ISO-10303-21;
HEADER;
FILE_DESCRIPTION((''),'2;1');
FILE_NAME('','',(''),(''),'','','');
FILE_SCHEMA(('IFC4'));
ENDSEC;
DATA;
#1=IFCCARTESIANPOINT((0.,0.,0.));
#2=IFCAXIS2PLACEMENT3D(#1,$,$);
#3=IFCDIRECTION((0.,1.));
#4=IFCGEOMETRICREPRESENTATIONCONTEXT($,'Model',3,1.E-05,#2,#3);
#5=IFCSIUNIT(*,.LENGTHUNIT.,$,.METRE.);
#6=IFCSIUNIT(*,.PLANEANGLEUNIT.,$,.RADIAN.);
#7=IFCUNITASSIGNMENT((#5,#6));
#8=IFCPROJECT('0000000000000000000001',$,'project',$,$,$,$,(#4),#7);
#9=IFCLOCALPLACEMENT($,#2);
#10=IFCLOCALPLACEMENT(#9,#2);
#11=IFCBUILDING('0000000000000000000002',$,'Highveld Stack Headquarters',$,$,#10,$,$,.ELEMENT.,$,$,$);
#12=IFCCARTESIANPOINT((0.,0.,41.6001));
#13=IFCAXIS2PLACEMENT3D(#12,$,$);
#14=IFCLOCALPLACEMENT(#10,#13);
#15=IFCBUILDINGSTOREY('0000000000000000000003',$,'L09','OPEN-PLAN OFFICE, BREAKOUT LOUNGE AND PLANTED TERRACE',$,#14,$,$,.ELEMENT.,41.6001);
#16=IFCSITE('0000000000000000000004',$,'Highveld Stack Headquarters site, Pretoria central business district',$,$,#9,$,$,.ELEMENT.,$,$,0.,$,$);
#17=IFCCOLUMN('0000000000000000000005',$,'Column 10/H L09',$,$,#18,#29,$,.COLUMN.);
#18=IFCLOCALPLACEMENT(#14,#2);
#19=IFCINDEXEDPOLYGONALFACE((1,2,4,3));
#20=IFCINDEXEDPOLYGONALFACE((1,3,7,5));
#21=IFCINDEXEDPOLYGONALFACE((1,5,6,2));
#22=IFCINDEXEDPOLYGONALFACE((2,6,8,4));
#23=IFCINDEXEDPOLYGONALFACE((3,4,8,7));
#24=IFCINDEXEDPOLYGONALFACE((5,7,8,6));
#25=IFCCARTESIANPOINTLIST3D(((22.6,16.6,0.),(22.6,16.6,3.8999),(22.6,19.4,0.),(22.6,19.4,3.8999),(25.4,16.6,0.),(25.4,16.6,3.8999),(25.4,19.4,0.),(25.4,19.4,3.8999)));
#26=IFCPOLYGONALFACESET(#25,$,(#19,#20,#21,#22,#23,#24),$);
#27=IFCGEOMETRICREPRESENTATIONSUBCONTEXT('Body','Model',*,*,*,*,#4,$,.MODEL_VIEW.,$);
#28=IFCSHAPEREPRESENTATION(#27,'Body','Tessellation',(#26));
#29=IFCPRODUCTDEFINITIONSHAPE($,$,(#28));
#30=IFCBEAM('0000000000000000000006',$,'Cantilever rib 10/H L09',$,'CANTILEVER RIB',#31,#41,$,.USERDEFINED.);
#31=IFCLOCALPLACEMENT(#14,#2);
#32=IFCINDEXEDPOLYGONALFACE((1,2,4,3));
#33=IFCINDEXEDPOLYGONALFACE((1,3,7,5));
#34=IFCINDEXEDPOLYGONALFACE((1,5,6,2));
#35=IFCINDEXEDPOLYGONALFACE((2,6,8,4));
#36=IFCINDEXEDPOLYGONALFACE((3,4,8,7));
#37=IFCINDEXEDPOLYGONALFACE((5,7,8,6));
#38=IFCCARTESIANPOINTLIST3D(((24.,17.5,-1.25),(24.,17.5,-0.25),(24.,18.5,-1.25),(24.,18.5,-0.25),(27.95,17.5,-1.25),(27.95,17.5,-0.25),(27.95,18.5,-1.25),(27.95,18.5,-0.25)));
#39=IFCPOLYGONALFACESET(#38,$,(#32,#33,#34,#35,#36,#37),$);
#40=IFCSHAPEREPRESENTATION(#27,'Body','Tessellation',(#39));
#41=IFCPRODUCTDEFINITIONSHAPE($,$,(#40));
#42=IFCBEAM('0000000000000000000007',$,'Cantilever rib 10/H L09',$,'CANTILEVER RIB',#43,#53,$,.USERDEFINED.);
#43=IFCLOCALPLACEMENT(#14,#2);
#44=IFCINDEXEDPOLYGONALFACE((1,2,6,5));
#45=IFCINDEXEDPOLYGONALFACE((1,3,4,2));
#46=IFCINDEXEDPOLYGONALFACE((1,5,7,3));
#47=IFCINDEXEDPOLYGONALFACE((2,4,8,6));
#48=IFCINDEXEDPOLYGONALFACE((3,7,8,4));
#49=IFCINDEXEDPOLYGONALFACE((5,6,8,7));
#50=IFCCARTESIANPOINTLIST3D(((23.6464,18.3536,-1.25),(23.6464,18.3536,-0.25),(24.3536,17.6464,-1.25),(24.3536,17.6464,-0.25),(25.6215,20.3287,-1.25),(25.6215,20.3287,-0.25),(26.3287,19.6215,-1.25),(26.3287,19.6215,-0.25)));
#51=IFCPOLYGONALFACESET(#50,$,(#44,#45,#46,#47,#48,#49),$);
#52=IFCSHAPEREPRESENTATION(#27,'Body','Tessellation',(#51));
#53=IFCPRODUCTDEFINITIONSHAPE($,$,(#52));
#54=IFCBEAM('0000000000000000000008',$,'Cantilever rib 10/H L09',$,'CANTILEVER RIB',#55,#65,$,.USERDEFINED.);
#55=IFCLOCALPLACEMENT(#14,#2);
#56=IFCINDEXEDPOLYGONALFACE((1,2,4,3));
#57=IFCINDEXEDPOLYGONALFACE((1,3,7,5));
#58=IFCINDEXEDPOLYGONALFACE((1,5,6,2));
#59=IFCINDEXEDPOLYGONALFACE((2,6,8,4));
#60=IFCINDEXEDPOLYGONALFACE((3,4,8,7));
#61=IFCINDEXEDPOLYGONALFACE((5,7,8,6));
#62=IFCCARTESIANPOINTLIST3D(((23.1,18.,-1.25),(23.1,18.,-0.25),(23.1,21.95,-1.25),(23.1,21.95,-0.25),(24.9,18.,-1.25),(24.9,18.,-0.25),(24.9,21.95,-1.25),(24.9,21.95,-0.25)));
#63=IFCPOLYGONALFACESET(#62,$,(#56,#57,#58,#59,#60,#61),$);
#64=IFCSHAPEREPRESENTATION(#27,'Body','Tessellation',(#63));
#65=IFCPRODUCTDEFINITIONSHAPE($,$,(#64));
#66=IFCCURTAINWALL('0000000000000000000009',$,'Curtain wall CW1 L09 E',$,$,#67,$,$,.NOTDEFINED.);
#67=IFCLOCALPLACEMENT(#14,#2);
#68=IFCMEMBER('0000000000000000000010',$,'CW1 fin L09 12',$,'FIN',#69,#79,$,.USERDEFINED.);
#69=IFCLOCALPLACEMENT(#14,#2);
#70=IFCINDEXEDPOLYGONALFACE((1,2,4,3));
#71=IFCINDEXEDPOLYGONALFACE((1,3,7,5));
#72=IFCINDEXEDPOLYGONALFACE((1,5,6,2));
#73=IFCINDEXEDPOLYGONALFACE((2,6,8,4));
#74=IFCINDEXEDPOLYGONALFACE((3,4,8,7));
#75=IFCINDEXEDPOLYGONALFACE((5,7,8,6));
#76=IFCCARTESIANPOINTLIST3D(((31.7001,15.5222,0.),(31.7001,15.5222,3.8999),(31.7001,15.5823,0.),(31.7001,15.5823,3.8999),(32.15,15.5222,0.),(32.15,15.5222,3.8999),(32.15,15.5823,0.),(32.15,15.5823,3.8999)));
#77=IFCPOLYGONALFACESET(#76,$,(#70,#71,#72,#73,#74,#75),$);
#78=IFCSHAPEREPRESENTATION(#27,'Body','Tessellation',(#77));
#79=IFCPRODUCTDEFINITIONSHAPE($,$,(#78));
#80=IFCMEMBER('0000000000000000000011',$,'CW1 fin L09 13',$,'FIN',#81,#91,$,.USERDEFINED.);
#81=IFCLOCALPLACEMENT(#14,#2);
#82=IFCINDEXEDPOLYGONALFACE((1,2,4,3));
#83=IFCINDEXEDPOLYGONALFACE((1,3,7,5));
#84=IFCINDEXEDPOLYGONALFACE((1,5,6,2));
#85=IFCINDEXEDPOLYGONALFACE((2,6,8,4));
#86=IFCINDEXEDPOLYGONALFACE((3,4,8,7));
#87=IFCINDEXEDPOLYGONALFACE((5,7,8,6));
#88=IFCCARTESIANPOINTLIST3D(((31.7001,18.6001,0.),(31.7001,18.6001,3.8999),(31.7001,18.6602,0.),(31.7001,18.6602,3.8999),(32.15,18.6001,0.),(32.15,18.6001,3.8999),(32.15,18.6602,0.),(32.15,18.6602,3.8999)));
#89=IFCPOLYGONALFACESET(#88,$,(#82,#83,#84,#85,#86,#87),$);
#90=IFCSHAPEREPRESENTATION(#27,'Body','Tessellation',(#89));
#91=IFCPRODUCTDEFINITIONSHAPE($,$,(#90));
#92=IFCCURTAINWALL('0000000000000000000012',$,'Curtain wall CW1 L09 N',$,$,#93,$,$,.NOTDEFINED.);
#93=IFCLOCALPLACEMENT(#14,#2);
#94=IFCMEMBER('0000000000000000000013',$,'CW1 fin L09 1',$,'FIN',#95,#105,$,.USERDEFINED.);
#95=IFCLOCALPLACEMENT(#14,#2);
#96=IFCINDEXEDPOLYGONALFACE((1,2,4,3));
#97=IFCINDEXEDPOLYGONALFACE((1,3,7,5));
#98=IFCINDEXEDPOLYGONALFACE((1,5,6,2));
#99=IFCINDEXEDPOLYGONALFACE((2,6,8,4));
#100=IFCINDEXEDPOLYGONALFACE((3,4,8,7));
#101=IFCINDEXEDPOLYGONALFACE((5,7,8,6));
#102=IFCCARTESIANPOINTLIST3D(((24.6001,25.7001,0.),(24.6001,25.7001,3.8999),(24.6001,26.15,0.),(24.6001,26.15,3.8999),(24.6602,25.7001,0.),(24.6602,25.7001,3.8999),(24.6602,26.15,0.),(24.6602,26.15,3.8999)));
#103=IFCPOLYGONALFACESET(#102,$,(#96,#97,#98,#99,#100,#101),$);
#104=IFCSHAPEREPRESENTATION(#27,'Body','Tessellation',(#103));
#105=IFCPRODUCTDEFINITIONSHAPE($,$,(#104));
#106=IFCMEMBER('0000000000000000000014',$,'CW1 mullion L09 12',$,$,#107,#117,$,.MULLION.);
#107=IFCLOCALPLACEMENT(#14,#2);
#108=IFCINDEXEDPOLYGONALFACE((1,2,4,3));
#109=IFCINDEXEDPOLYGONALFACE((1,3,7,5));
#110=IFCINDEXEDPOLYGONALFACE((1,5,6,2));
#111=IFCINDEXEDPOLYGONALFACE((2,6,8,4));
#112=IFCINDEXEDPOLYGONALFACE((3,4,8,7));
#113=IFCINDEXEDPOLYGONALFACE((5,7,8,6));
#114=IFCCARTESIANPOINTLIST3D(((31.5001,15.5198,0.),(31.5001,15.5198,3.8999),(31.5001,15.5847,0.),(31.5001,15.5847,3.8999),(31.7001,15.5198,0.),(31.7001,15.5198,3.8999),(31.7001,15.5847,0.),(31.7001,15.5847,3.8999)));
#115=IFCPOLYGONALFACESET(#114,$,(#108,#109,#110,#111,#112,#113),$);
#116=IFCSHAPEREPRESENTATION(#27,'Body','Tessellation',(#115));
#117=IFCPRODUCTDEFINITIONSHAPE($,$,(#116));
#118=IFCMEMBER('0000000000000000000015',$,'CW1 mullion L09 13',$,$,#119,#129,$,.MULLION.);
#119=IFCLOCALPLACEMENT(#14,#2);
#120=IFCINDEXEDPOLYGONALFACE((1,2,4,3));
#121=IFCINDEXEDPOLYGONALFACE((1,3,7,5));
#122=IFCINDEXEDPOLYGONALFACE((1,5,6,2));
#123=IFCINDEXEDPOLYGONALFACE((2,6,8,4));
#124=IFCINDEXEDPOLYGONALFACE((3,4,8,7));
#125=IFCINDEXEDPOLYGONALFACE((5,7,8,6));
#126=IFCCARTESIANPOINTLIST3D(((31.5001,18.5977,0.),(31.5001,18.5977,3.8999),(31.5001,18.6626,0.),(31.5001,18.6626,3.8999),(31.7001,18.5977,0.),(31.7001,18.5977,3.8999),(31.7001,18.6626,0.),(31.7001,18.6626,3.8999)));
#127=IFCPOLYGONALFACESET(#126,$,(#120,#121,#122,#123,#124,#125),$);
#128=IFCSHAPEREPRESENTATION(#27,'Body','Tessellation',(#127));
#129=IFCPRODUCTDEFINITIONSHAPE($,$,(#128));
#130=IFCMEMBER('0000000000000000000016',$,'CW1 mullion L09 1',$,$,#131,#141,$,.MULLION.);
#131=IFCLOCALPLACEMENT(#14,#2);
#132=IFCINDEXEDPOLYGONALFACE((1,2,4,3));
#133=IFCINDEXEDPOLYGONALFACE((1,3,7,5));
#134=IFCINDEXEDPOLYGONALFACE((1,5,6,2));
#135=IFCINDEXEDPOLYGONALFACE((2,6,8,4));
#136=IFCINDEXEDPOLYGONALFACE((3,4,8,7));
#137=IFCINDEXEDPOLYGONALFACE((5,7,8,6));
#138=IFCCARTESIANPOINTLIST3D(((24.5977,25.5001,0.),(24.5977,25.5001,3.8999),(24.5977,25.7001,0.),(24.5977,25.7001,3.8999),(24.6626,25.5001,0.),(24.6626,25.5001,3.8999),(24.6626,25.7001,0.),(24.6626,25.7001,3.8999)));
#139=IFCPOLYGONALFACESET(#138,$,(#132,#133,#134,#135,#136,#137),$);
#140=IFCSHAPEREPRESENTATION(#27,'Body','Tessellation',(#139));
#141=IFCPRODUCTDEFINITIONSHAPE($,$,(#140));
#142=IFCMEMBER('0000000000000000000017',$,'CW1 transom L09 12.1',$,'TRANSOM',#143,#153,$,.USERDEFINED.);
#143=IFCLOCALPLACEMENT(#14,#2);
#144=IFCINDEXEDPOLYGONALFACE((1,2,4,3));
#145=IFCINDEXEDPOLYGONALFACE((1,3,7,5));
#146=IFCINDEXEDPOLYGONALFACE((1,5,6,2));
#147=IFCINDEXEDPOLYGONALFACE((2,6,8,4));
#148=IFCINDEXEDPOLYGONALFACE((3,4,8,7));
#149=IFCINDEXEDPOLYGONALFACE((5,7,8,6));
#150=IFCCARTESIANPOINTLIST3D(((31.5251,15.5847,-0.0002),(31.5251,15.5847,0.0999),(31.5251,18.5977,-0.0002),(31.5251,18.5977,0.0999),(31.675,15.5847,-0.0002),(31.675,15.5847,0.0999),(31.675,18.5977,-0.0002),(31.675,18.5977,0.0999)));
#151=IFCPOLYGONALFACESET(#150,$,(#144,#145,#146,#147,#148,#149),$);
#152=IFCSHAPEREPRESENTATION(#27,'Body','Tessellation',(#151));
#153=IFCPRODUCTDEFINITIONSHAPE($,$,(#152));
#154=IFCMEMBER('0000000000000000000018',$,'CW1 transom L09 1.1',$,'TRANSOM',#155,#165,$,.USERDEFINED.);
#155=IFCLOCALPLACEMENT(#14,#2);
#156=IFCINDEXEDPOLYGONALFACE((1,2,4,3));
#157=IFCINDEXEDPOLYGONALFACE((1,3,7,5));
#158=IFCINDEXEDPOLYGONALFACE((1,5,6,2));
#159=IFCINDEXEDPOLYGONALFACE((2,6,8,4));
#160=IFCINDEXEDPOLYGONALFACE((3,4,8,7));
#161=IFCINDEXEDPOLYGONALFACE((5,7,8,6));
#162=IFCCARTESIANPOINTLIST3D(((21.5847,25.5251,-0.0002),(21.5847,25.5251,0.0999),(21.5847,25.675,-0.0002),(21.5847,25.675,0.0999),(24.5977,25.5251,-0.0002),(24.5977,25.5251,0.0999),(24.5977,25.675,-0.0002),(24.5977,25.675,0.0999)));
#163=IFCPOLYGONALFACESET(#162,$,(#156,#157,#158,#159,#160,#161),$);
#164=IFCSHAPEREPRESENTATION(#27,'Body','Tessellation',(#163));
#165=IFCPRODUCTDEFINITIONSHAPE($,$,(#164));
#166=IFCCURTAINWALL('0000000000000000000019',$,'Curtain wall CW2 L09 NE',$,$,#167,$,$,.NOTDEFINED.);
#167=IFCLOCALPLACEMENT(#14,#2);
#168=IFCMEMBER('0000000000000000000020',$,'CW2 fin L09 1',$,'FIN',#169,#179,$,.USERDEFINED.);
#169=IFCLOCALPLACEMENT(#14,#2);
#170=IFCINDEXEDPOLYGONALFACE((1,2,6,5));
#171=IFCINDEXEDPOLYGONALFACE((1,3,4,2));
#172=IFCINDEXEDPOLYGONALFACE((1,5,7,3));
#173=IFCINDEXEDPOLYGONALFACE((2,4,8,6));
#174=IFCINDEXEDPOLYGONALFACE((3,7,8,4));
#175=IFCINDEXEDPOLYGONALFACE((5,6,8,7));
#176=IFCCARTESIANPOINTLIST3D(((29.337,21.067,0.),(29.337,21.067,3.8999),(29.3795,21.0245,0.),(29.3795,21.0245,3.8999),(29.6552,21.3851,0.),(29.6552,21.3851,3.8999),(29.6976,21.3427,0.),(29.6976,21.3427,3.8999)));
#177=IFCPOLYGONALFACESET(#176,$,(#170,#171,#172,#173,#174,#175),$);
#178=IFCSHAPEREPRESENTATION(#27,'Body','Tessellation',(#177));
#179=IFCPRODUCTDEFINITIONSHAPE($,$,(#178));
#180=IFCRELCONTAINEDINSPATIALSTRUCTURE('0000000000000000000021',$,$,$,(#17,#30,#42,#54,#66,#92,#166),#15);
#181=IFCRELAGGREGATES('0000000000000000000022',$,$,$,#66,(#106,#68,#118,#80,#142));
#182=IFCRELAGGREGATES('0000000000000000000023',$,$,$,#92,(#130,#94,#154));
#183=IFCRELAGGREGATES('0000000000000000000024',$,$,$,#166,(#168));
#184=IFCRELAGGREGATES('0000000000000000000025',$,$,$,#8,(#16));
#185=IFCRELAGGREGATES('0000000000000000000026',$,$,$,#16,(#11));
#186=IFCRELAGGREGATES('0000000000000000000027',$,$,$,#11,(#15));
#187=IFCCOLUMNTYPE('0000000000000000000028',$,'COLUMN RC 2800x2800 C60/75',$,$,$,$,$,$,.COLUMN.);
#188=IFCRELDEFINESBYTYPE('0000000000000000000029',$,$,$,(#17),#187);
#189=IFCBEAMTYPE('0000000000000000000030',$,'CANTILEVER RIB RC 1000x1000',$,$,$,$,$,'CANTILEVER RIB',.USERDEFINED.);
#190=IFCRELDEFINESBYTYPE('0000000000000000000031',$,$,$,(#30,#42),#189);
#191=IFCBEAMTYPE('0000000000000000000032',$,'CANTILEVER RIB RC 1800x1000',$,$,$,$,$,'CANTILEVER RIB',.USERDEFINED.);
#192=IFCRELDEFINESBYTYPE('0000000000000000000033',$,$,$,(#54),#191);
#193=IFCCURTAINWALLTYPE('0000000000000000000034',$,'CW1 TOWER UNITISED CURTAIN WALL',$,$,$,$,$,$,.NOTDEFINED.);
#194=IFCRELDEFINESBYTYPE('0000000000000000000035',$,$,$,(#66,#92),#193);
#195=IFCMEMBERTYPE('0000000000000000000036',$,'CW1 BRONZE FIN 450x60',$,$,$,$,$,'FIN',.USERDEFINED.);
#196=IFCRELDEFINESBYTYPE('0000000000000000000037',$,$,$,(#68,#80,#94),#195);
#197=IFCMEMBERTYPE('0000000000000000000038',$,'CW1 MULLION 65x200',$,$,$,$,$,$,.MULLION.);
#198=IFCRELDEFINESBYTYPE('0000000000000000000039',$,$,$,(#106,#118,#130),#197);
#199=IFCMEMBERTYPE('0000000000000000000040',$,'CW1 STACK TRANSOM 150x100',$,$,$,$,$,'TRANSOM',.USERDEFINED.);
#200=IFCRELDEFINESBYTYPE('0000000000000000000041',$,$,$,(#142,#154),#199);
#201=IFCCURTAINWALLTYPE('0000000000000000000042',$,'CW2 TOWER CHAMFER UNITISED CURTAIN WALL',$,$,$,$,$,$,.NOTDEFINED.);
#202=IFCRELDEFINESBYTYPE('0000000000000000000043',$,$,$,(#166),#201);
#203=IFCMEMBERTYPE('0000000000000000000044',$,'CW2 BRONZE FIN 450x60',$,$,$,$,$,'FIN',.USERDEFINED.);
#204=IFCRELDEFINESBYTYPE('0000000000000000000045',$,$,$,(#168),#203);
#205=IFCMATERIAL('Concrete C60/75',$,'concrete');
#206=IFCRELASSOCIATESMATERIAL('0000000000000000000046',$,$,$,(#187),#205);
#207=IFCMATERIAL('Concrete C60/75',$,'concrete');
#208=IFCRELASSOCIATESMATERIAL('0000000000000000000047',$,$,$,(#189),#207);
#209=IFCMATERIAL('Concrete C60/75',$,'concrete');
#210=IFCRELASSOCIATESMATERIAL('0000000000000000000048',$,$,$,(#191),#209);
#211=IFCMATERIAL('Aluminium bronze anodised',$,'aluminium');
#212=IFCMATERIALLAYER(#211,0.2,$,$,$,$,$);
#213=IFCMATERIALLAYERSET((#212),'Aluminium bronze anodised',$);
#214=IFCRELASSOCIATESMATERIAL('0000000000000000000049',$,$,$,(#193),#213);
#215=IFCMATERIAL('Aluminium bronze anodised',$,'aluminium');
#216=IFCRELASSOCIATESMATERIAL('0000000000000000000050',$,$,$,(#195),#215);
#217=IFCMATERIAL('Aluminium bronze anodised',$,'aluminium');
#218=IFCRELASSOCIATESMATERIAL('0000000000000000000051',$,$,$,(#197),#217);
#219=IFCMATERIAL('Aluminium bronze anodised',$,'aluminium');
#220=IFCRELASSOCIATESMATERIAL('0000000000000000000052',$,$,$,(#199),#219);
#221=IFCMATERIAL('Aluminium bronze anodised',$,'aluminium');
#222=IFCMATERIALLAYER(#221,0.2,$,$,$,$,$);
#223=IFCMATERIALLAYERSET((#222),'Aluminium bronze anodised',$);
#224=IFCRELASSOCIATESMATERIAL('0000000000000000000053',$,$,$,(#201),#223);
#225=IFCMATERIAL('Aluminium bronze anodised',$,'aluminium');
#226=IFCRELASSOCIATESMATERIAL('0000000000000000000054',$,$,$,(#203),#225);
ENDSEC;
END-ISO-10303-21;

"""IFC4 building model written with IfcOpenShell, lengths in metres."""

from ifc_helpers import new_model, si_unit, direction, frame, origin, origin_2d, place, context, subcontext, project, spatial, rectangle, extrude, material, layer, layer_set, material_profile, profile_set, type_object, element, aggregate, save


model = new_model("IFC4")

# Units and contexts
model_context = context("Model", 3, precision=1e-05, world=origin(), true_north=direction((0.0, 1.0)))
body_context = subcontext(model_context, "Body", "Model", "MODEL_VIEW")
ifc_project = project(units=[si_unit("LENGTHUNIT", "METRE"), si_unit("PLANEANGLEUNIT", "RADIAN")], contexts=[model_context])

# Site, building, storey
site_placement = place(None, origin())
site = spatial("IfcSite", under=ifc_project, at=site_placement, Name="Highveld Stack Headquarters site, Pretoria central business district", CompositionType="ELEMENT", RefElevation=0.0)
building_placement = place(site_placement, origin())
building = spatial("IfcBuilding", under=site, at=building_placement, Name="Highveld Stack Headquarters", CompositionType="ELEMENT")
storey_placement = place(building_placement, frame((0.0, 0.0, 41.6001)))
storey = spatial("IfcBuildingStorey", under=building, at=storey_placement, Name="L09", Description="OPEN-PLAN OFFICE, BREAKOUT LOUNGE AND PLANTED TERRACE", CompositionType="ELEMENT", Elevation=41.6001)

# Column
ifc_material_1 = material(Name="Concrete C60/75", Category="concrete")
ifc_material_profile_1 = material_profile(ifc_material_1, rectangle(XDim=2.8, YDim=2.8, at=origin_2d()), Name="RC 2800x2800")
ifc_profile_set_1 = profile_set([ifc_material_profile_1], Name="Concrete C60/75")
column_type = type_object("IfcColumnType", Name="COLUMN RC 2800x2800 C60/75", PredefinedType="COLUMN", material=ifc_profile_set_1)
column_placement = place(storey_placement, frame((24.0, 18.0, 0.0), z_axis=(0.0, 0.0, 1.0), x_axis=(1.0, 0.0, 0.0)))
element("IfcColumn", 1, at=column_placement, inside=storey, type_object=column_type, Name="Column 10/H L09", PredefinedType="COLUMN", context=body_context, shape_type="SweptSolid", body=[
    extrude(rectangle(XDim=2.8, YDim=2.8, at=origin_2d()), origin(), (0.0, 0.0, 1.0), 3.8999),
])

# Beams
ifc_material_2 = material(Name="Concrete C60/75", Category="concrete")
ifc_material_profile_2 = material_profile(ifc_material_2, rectangle(XDim=1.0, YDim=1.0, at=origin_2d()), Name="RC 1000x1000")
ifc_profile_set_2 = profile_set([ifc_material_profile_2], Name="Concrete C60/75")
beam_type_1 = type_object("IfcBeamType", Name="CANTILEVER RIB RC 1000x1000", ElementType="CANTILEVER RIB", PredefinedType="USERDEFINED", material=ifc_profile_set_2)
beam_1_placement = place(storey_placement, frame((24.0, 18.0, -0.75), z_axis=(1.0, 0.0, 0.0), x_axis=(0.0, 1.0, 0.0)))
element("IfcBeam", 2, at=beam_1_placement, inside=storey, type_object=beam_type_1, Name="Cantilever rib 10/H L09", ObjectType="CANTILEVER RIB", PredefinedType="USERDEFINED", context=body_context, shape_type="SweptSolid", body=[
    extrude(rectangle(XDim=1.0, YDim=1.0, at=origin_2d()), origin(), (0.0, 0.0, 1.0), 3.95),
])
beam_2_placement = place(storey_placement, frame((24.0, 18.0, -0.75), z_axis=(0.707107, 0.707107, 0.0), x_axis=(-0.707107, 0.707107, 0.0)))
element("IfcBeam", 3, at=beam_2_placement, inside=storey, type_object=beam_type_1, Name="Cantilever rib 10/H L09", ObjectType="CANTILEVER RIB", PredefinedType="USERDEFINED", context=body_context, shape_type="SweptSolid", body=[
    extrude(rectangle(XDim=1.0, YDim=1.0, at=origin_2d()), origin(), (0.0, 0.0, 1.0), 2.7932),
])
ifc_material_3 = material(Name="Concrete C60/75", Category="concrete")
ifc_material_profile_3 = material_profile(ifc_material_3, rectangle(XDim=1.8, YDim=1.0, at=origin_2d()), Name="RC 1800x1000")
ifc_profile_set_3 = profile_set([ifc_material_profile_3], Name="Concrete C60/75")
beam_type_2 = type_object("IfcBeamType", Name="CANTILEVER RIB RC 1800x1000", ElementType="CANTILEVER RIB", PredefinedType="USERDEFINED", material=ifc_profile_set_3)
beam_3_placement = place(storey_placement, frame((24.0, 18.0, -0.75), z_axis=(0.0, 1.0, 0.0), x_axis=(-1.0, 0.0, 0.0)))
element("IfcBeam", 4, at=beam_3_placement, inside=storey, type_object=beam_type_2, Name="Cantilever rib 10/H L09", ObjectType="CANTILEVER RIB", PredefinedType="USERDEFINED", context=body_context, shape_type="SweptSolid", body=[
    extrude(rectangle(XDim=1.8, YDim=1.0, at=origin_2d()), origin(), (0.0, 0.0, 1.0), 3.95),
])

# Curtain wall, members
ifc_material_4 = material(Name="Aluminium bronze anodised", Category="aluminium")
ifc_layer_1 = layer(ifc_material_4, 0.2)
ifc_layer_set_1 = layer_set([ifc_layer_1], Name="Aluminium bronze anodised")
curtain_wall_type_1 = type_object("IfcCurtainWallType", Name="CW1 TOWER UNITISED CURTAIN WALL", PredefinedType="NOTDEFINED", material=ifc_layer_set_1)
curtain_wall_1_placement = place(storey_placement, origin())
curtain_wall_1 = element("IfcCurtainWall", 5, at=curtain_wall_1_placement, inside=storey, type_object=curtain_wall_type_1, Name="Curtain wall CW1 L09 E", PredefinedType="NOTDEFINED")
ifc_material_5 = material(Name="Aluminium bronze anodised", Category="aluminium")
ifc_material_profile_4 = material_profile(ifc_material_5, rectangle(XDim=0.45, YDim=0.0601, at=origin_2d()), Name="FIN 450x60")
ifc_profile_set_4 = profile_set([ifc_material_profile_4], Name="Aluminium bronze anodised")
member_type_1 = type_object("IfcMemberType", Name="CW1 BRONZE FIN 450x60", ElementType="FIN", PredefinedType="USERDEFINED", material=ifc_profile_set_4)
member_1_placement = place(storey_placement, frame((31.925, 15.5522, 0.0), z_axis=(0.0, 0.0, 1.0), x_axis=(-1.0, 0.0, 0.0)))
member_1 = element("IfcMember", 6, at=member_1_placement, type_object=member_type_1, Name="CW1 fin L09 12", ObjectType="FIN", PredefinedType="USERDEFINED", context=body_context, shape_type="SweptSolid", body=[
    extrude(rectangle(XDim=0.45, YDim=0.0601, at=origin_2d()), origin(), (0.0, 0.0, 1.0), 3.8999),
])
member_2_placement = place(storey_placement, frame((31.925, 18.6301, 0.0), z_axis=(0.0, 0.0, 1.0), x_axis=(-1.0, 0.0, 0.0)))
member_2 = element("IfcMember", 7, at=member_2_placement, type_object=member_type_1, Name="CW1 fin L09 13", ObjectType="FIN", PredefinedType="USERDEFINED", context=body_context, shape_type="SweptSolid", body=[
    extrude(rectangle(XDim=0.45, YDim=0.0601, at=origin_2d()), origin(), (0.0, 0.0, 1.0), 3.8999),
])

# Curtain wall, member
curtain_wall_2_placement = place(storey_placement, origin())
curtain_wall_2 = element("IfcCurtainWall", 8, at=curtain_wall_2_placement, inside=storey, type_object=curtain_wall_type_1, Name="Curtain wall CW1 L09 N", PredefinedType="NOTDEFINED")
member_3_placement = place(storey_placement, frame((24.6301, 25.925, 0.0), z_axis=(0.0, 0.0, 1.0), x_axis=(0.0, -1.0, 0.0)))
member_3 = element("IfcMember", 9, at=member_3_placement, type_object=member_type_1, Name="CW1 fin L09 1", ObjectType="FIN", PredefinedType="USERDEFINED", context=body_context, shape_type="SweptSolid", body=[
    extrude(rectangle(XDim=0.45, YDim=0.0601, at=origin_2d()), origin(), (0.0, 0.0, 1.0), 3.8999),
])

# Members
ifc_material_6 = material(Name="Aluminium bronze anodised", Category="aluminium")
ifc_material_profile_5 = material_profile(ifc_material_6, rectangle(XDim=0.2, YDim=0.0649, at=origin_2d()), Name="CW1 MULLION 65x200")
ifc_profile_set_5 = profile_set([ifc_material_profile_5], Name="Aluminium bronze anodised")
member_type_2 = type_object("IfcMemberType", Name="CW1 MULLION 65x200", PredefinedType="MULLION", material=ifc_profile_set_5)
member_4_placement = place(storey_placement, frame((31.6001, 15.5522, 0.0), z_axis=(0.0, 0.0, 1.0), x_axis=(-1.0, 0.0, 0.0)))
member_4 = element("IfcMember", 10, at=member_4_placement, type_object=member_type_2, Name="CW1 mullion L09 12", PredefinedType="MULLION", context=body_context, shape_type="SweptSolid", body=[
    extrude(rectangle(XDim=0.2, YDim=0.0649, at=origin_2d()), origin(), (0.0, 0.0, 1.0), 3.8999),
])
member_5_placement = place(storey_placement, frame((31.6001, 18.6301, 0.0), z_axis=(0.0, 0.0, 1.0), x_axis=(-1.0, 0.0, 0.0)))
member_5 = element("IfcMember", 11, at=member_5_placement, type_object=member_type_2, Name="CW1 mullion L09 13", PredefinedType="MULLION", context=body_context, shape_type="SweptSolid", body=[
    extrude(rectangle(XDim=0.2, YDim=0.0649, at=origin_2d()), origin(), (0.0, 0.0, 1.0), 3.8999),
])
member_6_placement = place(storey_placement, frame((24.6301, 25.6001, 0.0), z_axis=(0.0, 0.0, 1.0), x_axis=(0.0, -1.0, 0.0)))
member_6 = element("IfcMember", 12, at=member_6_placement, type_object=member_type_2, Name="CW1 mullion L09 1", PredefinedType="MULLION", context=body_context, shape_type="SweptSolid", body=[
    extrude(rectangle(XDim=0.2, YDim=0.0649, at=origin_2d()), origin(), (0.0, 0.0, 1.0), 3.8999),
])
ifc_material_7 = material(Name="Aluminium bronze anodised", Category="aluminium")
ifc_material_profile_6 = material_profile(ifc_material_7, rectangle(XDim=0.1499, YDim=0.1001, at=origin_2d()), Name="CW1 TRANSOM 150x100")
ifc_profile_set_6 = profile_set([ifc_material_profile_6], Name="Aluminium bronze anodised")
member_type_3 = type_object("IfcMemberType", Name="CW1 STACK TRANSOM 150x100", ElementType="TRANSOM", PredefinedType="USERDEFINED", material=ifc_profile_set_6)
member_7_placement = place(storey_placement, frame((31.6001, 15.5847, 0.0498), z_axis=(0.0, 1.0, 0.0), x_axis=(-1.0, 0.0, 0.0)))
member_7 = element("IfcMember", 13, at=member_7_placement, type_object=member_type_3, Name="CW1 transom L09 12.1", ObjectType="TRANSOM", PredefinedType="USERDEFINED", context=body_context, shape_type="SweptSolid", body=[
    extrude(rectangle(XDim=0.1499, YDim=0.1001, at=origin_2d()), origin(), (0.0, 0.0, 1.0), 3.0129),
])
member_8_placement = place(storey_placement, frame((24.5977, 25.6001, 0.0498), z_axis=(-1.0, 0.0, 0.0), x_axis=(0.0, -1.0, 0.0)))
member_8 = element("IfcMember", 14, at=member_8_placement, type_object=member_type_3, Name="CW1 transom L09 1.1", ObjectType="TRANSOM", PredefinedType="USERDEFINED", context=body_context, shape_type="SweptSolid", body=[
    extrude(rectangle(XDim=0.1499, YDim=0.1001, at=origin_2d()), origin(), (0.0, 0.0, 1.0), 3.0129),
])

# Curtain wall, member
ifc_material_8 = material(Name="Aluminium bronze anodised", Category="aluminium")
ifc_layer_2 = layer(ifc_material_8, 0.2)
ifc_layer_set_2 = layer_set([ifc_layer_2], Name="Aluminium bronze anodised")
curtain_wall_type_2 = type_object("IfcCurtainWallType", Name="CW2 TOWER CHAMFER UNITISED CURTAIN WALL", PredefinedType="NOTDEFINED", material=ifc_layer_set_2)
curtain_wall_3_placement = place(storey_placement, origin())
curtain_wall_3 = element("IfcCurtainWall", 15, at=curtain_wall_3_placement, inside=storey, type_object=curtain_wall_type_2, Name="Curtain wall CW2 L09 NE", PredefinedType="NOTDEFINED")
ifc_material_9 = material(Name="Aluminium bronze anodised", Category="aluminium")
ifc_material_profile_7 = material_profile(ifc_material_9, rectangle(XDim=0.45, YDim=0.0601, at=origin_2d()), Name="FIN 450x60")
ifc_profile_set_7 = profile_set([ifc_material_profile_7], Name="Aluminium bronze anodised")
member_type_4 = type_object("IfcMemberType", Name="CW2 BRONZE FIN 450x60", ElementType="FIN", PredefinedType="USERDEFINED", material=ifc_profile_set_7)
member_9_placement = place(storey_placement, frame((29.5173, 21.2048, 0.0), z_axis=(0.0, 0.0, 1.0), x_axis=(-0.707107, -0.707107, 0.0)))
member_9 = element("IfcMember", 16, at=member_9_placement, type_object=member_type_4, Name="CW2 fin L09 1", ObjectType="FIN", PredefinedType="USERDEFINED", context=body_context, shape_type="SweptSolid", body=[
    extrude(rectangle(XDim=0.45, YDim=0.0601, at=origin_2d()), origin(), (0.0, 0.0, 1.0), 3.8999),
])

aggregate(curtain_wall_1, [member_4, member_1, member_5, member_2, member_7])
aggregate(curtain_wall_2, [member_6, member_3, member_8])
aggregate(curtain_wall_3, [member_9])

save(model, "model.ifc")
